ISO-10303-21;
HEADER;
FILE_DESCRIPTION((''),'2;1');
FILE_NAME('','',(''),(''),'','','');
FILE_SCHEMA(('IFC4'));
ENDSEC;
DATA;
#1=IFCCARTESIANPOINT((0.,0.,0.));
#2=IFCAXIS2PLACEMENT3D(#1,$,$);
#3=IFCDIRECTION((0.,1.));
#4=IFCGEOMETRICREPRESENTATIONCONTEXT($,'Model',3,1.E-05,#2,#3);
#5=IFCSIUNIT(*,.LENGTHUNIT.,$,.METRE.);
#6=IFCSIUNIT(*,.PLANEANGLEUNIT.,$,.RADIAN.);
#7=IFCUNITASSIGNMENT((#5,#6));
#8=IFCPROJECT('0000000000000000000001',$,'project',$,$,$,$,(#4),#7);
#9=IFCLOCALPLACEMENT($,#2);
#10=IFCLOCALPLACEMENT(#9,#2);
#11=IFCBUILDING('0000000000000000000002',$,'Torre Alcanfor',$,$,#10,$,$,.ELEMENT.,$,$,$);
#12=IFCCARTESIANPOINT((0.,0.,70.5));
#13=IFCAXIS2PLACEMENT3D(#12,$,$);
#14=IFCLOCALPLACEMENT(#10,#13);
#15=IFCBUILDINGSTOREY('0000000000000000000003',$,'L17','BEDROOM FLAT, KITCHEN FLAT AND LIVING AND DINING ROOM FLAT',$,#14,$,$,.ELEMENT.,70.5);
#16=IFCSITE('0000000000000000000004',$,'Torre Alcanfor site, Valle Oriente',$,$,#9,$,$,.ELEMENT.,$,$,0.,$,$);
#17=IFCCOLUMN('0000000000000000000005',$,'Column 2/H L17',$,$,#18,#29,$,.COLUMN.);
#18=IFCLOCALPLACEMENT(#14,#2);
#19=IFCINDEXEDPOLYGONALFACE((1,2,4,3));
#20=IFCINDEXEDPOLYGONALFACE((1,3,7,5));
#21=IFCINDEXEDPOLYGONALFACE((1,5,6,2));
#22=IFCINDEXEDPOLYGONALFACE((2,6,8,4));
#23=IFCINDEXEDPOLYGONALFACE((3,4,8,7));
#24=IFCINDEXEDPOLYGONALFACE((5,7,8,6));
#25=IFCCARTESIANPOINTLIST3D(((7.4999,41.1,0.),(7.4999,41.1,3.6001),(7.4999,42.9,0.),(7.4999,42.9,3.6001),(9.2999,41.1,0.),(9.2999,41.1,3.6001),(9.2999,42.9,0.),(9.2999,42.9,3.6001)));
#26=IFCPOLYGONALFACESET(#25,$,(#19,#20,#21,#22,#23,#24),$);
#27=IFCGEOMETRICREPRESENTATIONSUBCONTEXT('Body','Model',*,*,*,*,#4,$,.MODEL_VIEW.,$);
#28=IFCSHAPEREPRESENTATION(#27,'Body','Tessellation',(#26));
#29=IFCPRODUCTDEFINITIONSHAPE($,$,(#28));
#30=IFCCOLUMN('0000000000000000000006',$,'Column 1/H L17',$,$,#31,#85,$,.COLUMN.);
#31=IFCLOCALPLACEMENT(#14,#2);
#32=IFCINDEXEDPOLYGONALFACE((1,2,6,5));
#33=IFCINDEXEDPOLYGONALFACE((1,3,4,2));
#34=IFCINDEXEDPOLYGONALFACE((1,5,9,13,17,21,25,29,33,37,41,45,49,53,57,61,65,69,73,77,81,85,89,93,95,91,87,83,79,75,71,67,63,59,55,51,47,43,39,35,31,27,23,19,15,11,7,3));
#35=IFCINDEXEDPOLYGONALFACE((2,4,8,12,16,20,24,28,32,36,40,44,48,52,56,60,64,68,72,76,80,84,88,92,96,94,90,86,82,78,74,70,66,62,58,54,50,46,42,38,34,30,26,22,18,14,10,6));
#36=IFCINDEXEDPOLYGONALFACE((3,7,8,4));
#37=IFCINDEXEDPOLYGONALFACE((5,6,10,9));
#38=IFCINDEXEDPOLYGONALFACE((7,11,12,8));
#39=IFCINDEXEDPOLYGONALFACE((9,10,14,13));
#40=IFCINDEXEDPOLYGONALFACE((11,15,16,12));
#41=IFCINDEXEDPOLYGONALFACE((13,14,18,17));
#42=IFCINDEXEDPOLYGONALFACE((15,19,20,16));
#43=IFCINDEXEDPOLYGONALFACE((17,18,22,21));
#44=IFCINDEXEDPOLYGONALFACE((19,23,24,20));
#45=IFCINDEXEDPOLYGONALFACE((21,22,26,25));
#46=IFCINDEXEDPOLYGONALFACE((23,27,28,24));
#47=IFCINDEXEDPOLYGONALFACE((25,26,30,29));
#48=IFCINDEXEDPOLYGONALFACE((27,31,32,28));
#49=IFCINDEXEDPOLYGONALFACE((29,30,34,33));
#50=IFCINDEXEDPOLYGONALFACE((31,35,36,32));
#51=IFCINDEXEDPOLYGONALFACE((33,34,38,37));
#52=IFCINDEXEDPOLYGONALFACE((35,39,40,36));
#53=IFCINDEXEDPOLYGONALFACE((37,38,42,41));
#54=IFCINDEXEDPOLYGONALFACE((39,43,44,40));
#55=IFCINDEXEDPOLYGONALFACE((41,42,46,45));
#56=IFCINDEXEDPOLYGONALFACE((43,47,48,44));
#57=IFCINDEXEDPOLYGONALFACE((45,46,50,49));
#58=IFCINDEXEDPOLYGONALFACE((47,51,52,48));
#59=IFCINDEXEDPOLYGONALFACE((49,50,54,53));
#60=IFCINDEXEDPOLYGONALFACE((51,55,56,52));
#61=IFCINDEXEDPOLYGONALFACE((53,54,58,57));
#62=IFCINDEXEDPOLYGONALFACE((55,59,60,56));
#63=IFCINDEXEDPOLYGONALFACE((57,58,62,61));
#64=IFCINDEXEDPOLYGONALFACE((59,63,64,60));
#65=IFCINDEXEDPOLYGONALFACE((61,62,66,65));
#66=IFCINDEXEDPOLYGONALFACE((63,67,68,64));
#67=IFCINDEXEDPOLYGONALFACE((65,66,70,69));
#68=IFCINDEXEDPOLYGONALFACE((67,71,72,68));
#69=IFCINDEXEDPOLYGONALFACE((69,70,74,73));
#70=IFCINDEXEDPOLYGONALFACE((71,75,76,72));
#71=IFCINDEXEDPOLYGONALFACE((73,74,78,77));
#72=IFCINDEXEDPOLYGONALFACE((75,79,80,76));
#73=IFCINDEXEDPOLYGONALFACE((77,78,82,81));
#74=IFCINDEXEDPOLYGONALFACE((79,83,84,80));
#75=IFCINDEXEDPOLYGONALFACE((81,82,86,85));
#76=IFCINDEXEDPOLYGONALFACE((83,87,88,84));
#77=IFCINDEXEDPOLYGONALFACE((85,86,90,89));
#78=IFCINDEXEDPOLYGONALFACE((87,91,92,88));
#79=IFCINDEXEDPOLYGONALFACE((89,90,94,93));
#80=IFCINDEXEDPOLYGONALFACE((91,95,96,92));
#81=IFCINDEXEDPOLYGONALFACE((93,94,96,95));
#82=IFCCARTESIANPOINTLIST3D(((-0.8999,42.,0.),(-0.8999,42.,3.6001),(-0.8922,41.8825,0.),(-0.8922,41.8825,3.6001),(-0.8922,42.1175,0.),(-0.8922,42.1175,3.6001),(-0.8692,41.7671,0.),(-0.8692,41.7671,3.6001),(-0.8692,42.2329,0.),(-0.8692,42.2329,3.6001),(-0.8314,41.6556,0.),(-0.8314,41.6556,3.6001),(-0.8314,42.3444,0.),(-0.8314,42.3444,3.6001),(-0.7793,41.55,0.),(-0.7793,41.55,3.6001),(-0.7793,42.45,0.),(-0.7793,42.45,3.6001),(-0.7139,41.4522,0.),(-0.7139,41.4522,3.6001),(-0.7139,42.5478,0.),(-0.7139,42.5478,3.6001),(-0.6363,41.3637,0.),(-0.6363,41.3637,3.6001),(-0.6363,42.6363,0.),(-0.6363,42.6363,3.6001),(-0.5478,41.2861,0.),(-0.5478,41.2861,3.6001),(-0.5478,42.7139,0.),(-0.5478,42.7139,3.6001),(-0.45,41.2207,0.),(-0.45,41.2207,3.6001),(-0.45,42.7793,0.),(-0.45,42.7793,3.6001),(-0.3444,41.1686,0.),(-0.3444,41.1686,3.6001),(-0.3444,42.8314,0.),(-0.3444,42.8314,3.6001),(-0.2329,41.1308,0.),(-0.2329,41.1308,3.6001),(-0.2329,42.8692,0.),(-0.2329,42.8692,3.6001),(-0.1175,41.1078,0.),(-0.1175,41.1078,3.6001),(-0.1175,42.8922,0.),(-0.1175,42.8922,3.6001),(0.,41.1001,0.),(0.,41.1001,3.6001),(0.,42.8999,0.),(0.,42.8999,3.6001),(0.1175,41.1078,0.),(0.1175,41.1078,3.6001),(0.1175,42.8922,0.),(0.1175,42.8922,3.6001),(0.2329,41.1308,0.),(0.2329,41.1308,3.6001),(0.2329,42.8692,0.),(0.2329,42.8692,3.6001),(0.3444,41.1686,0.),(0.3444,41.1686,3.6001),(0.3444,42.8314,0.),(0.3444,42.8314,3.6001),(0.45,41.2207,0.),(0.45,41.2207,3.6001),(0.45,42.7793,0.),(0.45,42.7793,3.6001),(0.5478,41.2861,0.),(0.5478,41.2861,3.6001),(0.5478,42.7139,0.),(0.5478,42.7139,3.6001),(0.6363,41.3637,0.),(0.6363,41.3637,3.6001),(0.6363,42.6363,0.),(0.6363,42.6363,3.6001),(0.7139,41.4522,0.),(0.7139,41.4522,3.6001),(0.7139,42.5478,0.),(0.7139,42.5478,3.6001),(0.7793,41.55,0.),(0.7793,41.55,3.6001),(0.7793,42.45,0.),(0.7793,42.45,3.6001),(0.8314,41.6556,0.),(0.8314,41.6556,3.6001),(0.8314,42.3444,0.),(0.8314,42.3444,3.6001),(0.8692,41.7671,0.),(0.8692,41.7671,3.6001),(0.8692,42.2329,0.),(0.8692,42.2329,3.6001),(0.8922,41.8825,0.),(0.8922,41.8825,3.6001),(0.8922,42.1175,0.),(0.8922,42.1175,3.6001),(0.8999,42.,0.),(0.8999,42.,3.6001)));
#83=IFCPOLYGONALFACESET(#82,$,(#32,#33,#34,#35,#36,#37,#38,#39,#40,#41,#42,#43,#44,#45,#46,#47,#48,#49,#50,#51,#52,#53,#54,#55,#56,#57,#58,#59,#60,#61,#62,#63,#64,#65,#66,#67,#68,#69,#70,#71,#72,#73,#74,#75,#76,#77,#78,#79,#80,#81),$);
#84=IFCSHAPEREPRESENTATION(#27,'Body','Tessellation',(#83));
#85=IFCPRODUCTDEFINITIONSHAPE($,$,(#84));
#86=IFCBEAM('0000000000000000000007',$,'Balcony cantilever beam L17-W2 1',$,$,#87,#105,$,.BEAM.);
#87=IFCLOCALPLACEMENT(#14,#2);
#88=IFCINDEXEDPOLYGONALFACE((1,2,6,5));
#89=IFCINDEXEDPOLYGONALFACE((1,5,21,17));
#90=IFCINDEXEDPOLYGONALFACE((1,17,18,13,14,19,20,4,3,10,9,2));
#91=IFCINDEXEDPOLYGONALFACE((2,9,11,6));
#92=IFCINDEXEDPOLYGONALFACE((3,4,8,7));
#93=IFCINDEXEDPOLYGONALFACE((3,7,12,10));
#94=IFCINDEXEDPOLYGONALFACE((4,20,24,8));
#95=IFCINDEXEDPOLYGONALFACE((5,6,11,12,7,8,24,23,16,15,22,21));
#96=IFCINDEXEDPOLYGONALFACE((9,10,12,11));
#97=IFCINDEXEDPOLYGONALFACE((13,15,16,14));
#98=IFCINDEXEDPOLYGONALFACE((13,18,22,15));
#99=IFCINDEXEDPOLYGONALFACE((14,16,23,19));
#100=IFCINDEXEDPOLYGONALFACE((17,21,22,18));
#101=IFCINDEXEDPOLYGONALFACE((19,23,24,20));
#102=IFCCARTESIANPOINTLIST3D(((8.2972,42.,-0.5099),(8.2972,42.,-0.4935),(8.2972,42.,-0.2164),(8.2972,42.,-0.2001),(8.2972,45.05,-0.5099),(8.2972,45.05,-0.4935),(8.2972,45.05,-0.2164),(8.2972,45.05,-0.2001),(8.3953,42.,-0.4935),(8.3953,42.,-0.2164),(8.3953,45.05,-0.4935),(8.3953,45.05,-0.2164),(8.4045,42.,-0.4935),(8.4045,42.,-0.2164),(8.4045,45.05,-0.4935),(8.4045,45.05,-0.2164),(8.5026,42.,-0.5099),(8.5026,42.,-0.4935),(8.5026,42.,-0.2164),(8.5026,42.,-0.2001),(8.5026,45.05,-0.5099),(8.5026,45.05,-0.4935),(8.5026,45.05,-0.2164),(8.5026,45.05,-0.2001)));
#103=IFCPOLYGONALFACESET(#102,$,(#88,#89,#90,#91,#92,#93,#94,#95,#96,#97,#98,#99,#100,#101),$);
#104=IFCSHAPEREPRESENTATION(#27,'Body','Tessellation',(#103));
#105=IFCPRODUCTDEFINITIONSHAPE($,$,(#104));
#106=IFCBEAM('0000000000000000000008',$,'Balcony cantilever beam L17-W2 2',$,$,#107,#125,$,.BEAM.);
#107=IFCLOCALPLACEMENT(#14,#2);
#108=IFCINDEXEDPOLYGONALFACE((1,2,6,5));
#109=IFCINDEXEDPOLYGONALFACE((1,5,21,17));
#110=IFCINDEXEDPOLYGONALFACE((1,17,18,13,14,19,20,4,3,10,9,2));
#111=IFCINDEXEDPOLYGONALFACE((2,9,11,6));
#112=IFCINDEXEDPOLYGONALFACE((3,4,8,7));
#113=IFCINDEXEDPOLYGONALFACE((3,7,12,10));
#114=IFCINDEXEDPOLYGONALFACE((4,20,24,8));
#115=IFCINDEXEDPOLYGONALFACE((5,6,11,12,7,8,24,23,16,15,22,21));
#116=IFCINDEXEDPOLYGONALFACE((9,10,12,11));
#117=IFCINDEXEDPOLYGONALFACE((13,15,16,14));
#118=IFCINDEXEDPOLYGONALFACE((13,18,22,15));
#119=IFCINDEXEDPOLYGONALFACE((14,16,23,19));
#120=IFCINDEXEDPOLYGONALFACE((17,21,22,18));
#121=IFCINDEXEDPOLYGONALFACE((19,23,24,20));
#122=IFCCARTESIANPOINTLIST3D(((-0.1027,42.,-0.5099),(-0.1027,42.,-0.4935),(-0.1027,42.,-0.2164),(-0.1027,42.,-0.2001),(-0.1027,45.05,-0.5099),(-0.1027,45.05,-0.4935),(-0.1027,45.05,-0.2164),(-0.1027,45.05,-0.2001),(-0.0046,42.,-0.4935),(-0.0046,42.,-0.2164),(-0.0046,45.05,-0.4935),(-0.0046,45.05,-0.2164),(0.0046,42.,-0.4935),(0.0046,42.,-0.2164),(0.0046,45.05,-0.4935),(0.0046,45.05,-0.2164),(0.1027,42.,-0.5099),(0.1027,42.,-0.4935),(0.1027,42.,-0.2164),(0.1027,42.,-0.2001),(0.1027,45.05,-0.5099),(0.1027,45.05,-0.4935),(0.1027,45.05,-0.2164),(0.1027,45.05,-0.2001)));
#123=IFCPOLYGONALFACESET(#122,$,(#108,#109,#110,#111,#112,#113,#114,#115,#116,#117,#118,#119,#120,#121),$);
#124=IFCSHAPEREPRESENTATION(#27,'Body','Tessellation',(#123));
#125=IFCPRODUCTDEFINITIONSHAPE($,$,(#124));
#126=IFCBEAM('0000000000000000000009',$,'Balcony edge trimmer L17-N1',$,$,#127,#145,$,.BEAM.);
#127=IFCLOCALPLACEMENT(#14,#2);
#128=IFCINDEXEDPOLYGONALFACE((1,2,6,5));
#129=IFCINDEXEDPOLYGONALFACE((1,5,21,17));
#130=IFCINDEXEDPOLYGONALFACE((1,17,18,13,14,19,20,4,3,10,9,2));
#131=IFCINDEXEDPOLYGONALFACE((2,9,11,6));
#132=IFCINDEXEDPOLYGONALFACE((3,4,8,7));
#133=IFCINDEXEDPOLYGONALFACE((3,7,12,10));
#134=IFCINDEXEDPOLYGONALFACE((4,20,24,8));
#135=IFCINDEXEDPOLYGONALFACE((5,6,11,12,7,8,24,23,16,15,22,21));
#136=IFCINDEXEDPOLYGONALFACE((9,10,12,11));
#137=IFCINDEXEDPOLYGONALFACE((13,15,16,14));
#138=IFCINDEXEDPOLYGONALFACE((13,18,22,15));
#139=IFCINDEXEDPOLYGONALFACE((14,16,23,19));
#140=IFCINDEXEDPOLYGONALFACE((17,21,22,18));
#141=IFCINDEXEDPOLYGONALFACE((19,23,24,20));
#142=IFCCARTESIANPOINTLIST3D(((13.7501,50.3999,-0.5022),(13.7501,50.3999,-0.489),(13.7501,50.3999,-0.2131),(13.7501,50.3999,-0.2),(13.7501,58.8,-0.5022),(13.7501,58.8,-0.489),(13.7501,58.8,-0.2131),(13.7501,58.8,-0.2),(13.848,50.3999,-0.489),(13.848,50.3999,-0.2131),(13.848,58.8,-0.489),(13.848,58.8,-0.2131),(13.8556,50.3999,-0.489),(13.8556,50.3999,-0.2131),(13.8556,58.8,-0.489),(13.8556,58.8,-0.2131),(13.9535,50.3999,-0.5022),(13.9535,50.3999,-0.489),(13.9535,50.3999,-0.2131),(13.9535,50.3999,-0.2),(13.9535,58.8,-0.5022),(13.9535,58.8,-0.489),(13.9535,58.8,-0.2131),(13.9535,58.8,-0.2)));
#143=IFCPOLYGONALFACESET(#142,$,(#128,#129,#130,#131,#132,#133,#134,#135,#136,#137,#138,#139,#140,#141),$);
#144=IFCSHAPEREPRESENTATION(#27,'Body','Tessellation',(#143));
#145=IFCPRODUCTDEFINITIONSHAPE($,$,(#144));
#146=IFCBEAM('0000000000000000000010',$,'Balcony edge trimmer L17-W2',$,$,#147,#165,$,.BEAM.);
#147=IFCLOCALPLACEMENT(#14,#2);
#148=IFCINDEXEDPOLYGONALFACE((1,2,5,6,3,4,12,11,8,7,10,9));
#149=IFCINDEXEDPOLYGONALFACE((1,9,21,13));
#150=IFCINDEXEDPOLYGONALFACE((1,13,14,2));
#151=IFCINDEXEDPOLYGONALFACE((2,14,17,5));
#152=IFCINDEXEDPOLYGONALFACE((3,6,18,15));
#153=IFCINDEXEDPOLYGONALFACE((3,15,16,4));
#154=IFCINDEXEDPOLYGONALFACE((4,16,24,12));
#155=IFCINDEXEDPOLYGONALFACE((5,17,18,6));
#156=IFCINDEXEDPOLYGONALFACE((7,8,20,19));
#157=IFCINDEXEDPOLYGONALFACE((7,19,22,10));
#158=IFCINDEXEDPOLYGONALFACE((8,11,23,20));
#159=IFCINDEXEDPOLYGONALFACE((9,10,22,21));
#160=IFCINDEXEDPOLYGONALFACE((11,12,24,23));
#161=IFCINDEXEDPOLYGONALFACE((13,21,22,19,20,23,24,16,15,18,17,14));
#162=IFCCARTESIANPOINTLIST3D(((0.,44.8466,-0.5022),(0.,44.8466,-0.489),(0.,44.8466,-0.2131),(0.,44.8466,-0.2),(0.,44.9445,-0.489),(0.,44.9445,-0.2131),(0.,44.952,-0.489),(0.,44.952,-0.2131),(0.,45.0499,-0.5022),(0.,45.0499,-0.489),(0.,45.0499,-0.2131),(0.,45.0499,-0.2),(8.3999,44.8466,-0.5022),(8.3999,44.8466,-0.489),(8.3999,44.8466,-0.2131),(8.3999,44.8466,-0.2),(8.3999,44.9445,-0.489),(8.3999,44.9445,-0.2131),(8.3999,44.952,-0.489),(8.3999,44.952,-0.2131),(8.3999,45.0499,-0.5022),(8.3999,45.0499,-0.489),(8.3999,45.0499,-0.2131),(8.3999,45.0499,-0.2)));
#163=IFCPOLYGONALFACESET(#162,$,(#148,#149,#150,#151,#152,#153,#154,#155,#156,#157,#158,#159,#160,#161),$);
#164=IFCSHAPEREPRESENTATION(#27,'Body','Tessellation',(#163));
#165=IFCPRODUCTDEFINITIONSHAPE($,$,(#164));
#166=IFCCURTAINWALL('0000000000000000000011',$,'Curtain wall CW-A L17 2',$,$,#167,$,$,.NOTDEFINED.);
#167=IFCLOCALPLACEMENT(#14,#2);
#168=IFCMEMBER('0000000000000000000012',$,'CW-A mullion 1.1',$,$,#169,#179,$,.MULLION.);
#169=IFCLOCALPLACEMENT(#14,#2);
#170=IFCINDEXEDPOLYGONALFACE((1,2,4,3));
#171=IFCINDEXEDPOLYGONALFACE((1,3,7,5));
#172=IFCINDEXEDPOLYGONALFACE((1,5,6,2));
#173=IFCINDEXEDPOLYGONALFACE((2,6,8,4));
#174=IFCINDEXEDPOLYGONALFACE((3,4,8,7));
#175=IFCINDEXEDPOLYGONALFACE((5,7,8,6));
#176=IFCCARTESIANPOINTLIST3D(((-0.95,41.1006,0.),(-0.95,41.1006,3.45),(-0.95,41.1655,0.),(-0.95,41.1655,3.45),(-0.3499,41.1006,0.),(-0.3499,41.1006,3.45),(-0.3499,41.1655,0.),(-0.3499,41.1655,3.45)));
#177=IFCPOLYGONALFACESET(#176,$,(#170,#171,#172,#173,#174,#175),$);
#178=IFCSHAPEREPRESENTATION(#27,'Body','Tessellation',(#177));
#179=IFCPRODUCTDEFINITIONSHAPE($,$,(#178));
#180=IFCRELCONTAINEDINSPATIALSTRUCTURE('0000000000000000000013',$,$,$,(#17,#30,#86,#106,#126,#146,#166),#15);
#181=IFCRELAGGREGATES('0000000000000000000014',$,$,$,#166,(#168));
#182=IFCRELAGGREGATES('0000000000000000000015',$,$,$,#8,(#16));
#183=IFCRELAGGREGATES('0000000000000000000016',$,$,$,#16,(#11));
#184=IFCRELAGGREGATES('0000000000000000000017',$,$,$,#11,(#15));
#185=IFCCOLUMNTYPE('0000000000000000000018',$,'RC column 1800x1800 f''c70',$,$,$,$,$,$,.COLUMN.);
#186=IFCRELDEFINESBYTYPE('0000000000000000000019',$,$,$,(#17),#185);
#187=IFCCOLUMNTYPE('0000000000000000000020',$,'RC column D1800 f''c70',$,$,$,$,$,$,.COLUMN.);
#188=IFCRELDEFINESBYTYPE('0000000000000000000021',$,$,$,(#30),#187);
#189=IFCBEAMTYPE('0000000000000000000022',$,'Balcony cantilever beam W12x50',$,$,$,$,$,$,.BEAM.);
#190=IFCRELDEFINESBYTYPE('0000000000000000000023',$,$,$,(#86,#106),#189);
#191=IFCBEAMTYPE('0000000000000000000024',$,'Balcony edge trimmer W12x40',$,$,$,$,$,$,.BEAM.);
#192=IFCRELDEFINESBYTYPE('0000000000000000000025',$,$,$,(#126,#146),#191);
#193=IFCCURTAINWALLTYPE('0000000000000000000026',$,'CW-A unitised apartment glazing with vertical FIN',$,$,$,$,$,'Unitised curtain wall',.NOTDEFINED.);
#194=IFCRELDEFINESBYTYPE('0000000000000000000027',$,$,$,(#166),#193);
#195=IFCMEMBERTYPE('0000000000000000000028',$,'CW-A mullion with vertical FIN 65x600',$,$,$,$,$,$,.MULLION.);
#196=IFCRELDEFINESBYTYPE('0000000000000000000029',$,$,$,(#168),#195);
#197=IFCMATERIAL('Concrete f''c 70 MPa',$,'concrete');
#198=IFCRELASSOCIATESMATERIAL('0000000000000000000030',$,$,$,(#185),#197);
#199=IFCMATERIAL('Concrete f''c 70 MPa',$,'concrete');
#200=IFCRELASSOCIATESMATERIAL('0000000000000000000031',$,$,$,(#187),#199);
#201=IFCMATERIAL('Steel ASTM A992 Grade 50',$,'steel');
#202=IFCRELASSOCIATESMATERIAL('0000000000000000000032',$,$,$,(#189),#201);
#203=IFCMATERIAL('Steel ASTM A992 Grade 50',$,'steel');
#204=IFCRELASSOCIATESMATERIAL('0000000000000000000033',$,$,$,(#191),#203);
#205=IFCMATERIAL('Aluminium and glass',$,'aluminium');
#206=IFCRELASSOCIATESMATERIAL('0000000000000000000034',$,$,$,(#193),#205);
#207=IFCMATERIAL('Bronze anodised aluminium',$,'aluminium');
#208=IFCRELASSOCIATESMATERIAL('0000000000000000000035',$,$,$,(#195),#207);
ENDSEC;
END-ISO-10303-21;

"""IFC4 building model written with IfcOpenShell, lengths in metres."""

from ifc_helpers import new_model, si_unit, direction, frame, origin, origin_2d, place, context, subcontext, project, spatial, rectangle, circle, i_section, extrude, material, material_profile, profile_set, type_object, element, aggregate, save


model = new_model("IFC4")

# Units and contexts
model_context = context("Model", 3, precision=1e-05, world=origin(), true_north=direction((0.0, 1.0)))
body_context = subcontext(model_context, "Body", "Model", "MODEL_VIEW")
ifc_project = project(units=[si_unit("LENGTHUNIT", "METRE"), si_unit("PLANEANGLEUNIT", "RADIAN")], contexts=[model_context])

# Site, building, storey
site_placement = place(None, origin())
site = spatial("IfcSite", under=ifc_project, at=site_placement, Name="Torre Alcanfor site, Valle Oriente", CompositionType="ELEMENT", RefElevation=0.0)
building_placement = place(site_placement, origin())
building = spatial("IfcBuilding", under=site, at=building_placement, Name="Torre Alcanfor", CompositionType="ELEMENT")
storey_placement = place(building_placement, frame((0.0, 0.0, 70.5)))
storey = spatial("IfcBuildingStorey", under=building, at=storey_placement, Name="L17", Description="BEDROOM FLAT, KITCHEN FLAT AND LIVING AND DINING ROOM FLAT", CompositionType="ELEMENT", Elevation=70.5)

# Columns
ifc_material_1 = material(Name="Concrete f'c 70 MPa", Category="concrete")
ifc_material_profile_1 = material_profile(ifc_material_1, rectangle(XDim=1.8, YDim=1.8, at=origin_2d()), Name="1800x1800")
ifc_profile_set_1 = profile_set([ifc_material_profile_1], Name="Concrete f'c 70 MPa")
column_type_1 = type_object("IfcColumnType", Name="RC column 1800x1800 f'c70", PredefinedType="COLUMN", material=ifc_profile_set_1)
column_1_placement = place(storey_placement, frame((8.3999, 42.0, 0.0), z_axis=(0.0, 0.0, 1.0), x_axis=(1.0, 0.0, 0.0)))
element("IfcColumn", 1, at=column_1_placement, inside=storey, type_object=column_type_1, Name="Column 2/H L17", PredefinedType="COLUMN", context=body_context, shape_type="SweptSolid", body=[
    extrude(rectangle(XDim=1.8, YDim=1.8, at=origin_2d()), origin(), (0.0, 0.0, 1.0), 3.6001),
])
ifc_material_2 = material(Name="Concrete f'c 70 MPa", Category="concrete")
ifc_material_profile_2 = material_profile(ifc_material_2, circle(Radius=0.8999, at=origin_2d()), Name="D1800")
ifc_profile_set_2 = profile_set([ifc_material_profile_2], Name="Concrete f'c 70 MPa")
column_type_2 = type_object("IfcColumnType", Name="RC column D1800 f'c70", PredefinedType="COLUMN", material=ifc_profile_set_2)
column_2_placement = place(storey_placement, frame((0.0, 42.0, 0.0), z_axis=(0.0, 0.0, 1.0), x_axis=(1.0, 0.0, 0.0)))
element("IfcColumn", 2, at=column_2_placement, inside=storey, type_object=column_type_2, Name="Column 1/H L17", PredefinedType="COLUMN", context=body_context, shape_type="SweptSolid", body=[
    extrude(circle(Radius=0.8999, at=origin_2d()), origin(), (0.0, 0.0, 1.0), 3.6001),
])

# Beams
ifc_material_3 = material(Name="Steel ASTM A992 Grade 50", Category="steel")
ifc_material_profile_3 = material_profile(ifc_material_3, i_section(OverallWidth=0.2053, OverallDepth=0.3098, WebThickness=0.0093, FlangeThickness=0.0164, at=origin_2d()), Name="W12x50")
ifc_profile_set_3 = profile_set([ifc_material_profile_3], Name="Steel ASTM A992 Grade 50")
beam_type_1 = type_object("IfcBeamType", Name="Balcony cantilever beam W12x50", PredefinedType="BEAM", material=ifc_profile_set_3)
for number, where, z_axis, x_axis, name in (
    (3, (8.3999, 42.0, -0.355), (0.0, 1.0, 0.0), (-1.0, 0.0, 0.0), "Balcony cantilever beam L17-W2 1"),
    (4, (0.0, 42.0, -0.355), (0.0, 1.0, 0.0), (-1.0, 0.0, 0.0), "Balcony cantilever beam L17-W2 2"),
):
    element("IfcBeam", number, at=place(storey_placement, frame(where, z_axis=z_axis, x_axis=x_axis)), inside=storey, type_object=beam_type_1, Name=name, PredefinedType="BEAM", context=body_context, shape_type="SweptSolid", body=[
        extrude(i_section(OverallWidth=0.2053, OverallDepth=0.3098, WebThickness=0.0093, FlangeThickness=0.0164, at=origin_2d()), origin(), (0.0, 0.0, 1.0), 3.05),
    ])
ifc_material_4 = material(Name="Steel ASTM A992 Grade 50", Category="steel")
ifc_material_profile_4 = material_profile(ifc_material_4, i_section(OverallWidth=0.2034, OverallDepth=0.3022, WebThickness=0.0076, FlangeThickness=0.0132, at=origin_2d()), Name="W12x40")
ifc_profile_set_4 = profile_set([ifc_material_profile_4], Name="Steel ASTM A992 Grade 50")
beam_type_2 = type_object("IfcBeamType", Name="Balcony edge trimmer W12x40", PredefinedType="BEAM", material=ifc_profile_set_4)
beam_1_placement = place(storey_placement, frame((13.8518, 50.3999, -0.3511), z_axis=(0.0, 1.0, 0.0), x_axis=(-1.0, 0.0, 0.0)))
element("IfcBeam", 5, at=beam_1_placement, inside=storey, type_object=beam_type_2, Name="Balcony edge trimmer L17-N1", PredefinedType="BEAM", context=body_context, shape_type="SweptSolid", body=[
    extrude(i_section(OverallWidth=0.2034, OverallDepth=0.3022, WebThickness=0.0076, FlangeThickness=0.0132, at=origin_2d()), origin(), (0.0, 0.0, 1.0), 8.4001),
])
beam_2_placement = place(storey_placement, frame((8.3999, 44.9482, -0.3511), z_axis=(-1.0, 0.0, 0.0), x_axis=(0.0, -1.0, 0.0)))
element("IfcBeam", 6, at=beam_2_placement, inside=storey, type_object=beam_type_2, Name="Balcony edge trimmer L17-W2", PredefinedType="BEAM", context=body_context, shape_type="SweptSolid", body=[
    extrude(i_section(OverallWidth=0.2034, OverallDepth=0.3022, WebThickness=0.0076, FlangeThickness=0.0132, at=origin_2d()), origin(), (0.0, 0.0, 1.0), 8.3999),
])

# Curtain wall, member
ifc_material_5 = material(Name="Aluminium and glass", Category="aluminium")
curtain_wall_type = type_object("IfcCurtainWallType", Name="CW-A unitised apartment glazing with vertical FIN", ElementType="Unitised curtain wall", PredefinedType="NOTDEFINED", material=ifc_material_5)
curtain_wall_placement = place(storey_placement, origin())
curtain_wall = element("IfcCurtainWall", 7, at=curtain_wall_placement, inside=storey, type_object=curtain_wall_type, Name="Curtain wall CW-A L17 2", PredefinedType="NOTDEFINED")
ifc_material_6 = material(Name="Bronze anodised aluminium", Category="aluminium")
ifc_material_profile_5 = material_profile(ifc_material_6, rectangle(XDim=0.6001, YDim=0.0649, at=origin_2d()), Name="CW-A mullion 65x600")
ifc_profile_set_5 = profile_set([ifc_material_profile_5], Name="Bronze anodised aluminium")
member_type_1 = type_object("IfcMemberType", Name="CW-A mullion with vertical FIN 65x600", PredefinedType="MULLION", material=ifc_profile_set_5)
member_1_placement = place(storey_placement, frame((-0.6499, 41.1331, 0.0), z_axis=(0.0, 0.0, 1.0), x_axis=(1.0, 0.0, 0.0)))
member_1 = element("IfcMember", 8, at=member_1_placement, type_object=member_type_1, Name="CW-A mullion 1.1", PredefinedType="MULLION", context=body_context, shape_type="SweptSolid", body=[
    extrude(rectangle(XDim=0.6001, YDim=0.0649, at=origin_2d()), origin(), (0.0, 0.0, 1.0), 3.45),
])
aggregate(curtain_wall, [member_1])

save(model, "model.ifc")
